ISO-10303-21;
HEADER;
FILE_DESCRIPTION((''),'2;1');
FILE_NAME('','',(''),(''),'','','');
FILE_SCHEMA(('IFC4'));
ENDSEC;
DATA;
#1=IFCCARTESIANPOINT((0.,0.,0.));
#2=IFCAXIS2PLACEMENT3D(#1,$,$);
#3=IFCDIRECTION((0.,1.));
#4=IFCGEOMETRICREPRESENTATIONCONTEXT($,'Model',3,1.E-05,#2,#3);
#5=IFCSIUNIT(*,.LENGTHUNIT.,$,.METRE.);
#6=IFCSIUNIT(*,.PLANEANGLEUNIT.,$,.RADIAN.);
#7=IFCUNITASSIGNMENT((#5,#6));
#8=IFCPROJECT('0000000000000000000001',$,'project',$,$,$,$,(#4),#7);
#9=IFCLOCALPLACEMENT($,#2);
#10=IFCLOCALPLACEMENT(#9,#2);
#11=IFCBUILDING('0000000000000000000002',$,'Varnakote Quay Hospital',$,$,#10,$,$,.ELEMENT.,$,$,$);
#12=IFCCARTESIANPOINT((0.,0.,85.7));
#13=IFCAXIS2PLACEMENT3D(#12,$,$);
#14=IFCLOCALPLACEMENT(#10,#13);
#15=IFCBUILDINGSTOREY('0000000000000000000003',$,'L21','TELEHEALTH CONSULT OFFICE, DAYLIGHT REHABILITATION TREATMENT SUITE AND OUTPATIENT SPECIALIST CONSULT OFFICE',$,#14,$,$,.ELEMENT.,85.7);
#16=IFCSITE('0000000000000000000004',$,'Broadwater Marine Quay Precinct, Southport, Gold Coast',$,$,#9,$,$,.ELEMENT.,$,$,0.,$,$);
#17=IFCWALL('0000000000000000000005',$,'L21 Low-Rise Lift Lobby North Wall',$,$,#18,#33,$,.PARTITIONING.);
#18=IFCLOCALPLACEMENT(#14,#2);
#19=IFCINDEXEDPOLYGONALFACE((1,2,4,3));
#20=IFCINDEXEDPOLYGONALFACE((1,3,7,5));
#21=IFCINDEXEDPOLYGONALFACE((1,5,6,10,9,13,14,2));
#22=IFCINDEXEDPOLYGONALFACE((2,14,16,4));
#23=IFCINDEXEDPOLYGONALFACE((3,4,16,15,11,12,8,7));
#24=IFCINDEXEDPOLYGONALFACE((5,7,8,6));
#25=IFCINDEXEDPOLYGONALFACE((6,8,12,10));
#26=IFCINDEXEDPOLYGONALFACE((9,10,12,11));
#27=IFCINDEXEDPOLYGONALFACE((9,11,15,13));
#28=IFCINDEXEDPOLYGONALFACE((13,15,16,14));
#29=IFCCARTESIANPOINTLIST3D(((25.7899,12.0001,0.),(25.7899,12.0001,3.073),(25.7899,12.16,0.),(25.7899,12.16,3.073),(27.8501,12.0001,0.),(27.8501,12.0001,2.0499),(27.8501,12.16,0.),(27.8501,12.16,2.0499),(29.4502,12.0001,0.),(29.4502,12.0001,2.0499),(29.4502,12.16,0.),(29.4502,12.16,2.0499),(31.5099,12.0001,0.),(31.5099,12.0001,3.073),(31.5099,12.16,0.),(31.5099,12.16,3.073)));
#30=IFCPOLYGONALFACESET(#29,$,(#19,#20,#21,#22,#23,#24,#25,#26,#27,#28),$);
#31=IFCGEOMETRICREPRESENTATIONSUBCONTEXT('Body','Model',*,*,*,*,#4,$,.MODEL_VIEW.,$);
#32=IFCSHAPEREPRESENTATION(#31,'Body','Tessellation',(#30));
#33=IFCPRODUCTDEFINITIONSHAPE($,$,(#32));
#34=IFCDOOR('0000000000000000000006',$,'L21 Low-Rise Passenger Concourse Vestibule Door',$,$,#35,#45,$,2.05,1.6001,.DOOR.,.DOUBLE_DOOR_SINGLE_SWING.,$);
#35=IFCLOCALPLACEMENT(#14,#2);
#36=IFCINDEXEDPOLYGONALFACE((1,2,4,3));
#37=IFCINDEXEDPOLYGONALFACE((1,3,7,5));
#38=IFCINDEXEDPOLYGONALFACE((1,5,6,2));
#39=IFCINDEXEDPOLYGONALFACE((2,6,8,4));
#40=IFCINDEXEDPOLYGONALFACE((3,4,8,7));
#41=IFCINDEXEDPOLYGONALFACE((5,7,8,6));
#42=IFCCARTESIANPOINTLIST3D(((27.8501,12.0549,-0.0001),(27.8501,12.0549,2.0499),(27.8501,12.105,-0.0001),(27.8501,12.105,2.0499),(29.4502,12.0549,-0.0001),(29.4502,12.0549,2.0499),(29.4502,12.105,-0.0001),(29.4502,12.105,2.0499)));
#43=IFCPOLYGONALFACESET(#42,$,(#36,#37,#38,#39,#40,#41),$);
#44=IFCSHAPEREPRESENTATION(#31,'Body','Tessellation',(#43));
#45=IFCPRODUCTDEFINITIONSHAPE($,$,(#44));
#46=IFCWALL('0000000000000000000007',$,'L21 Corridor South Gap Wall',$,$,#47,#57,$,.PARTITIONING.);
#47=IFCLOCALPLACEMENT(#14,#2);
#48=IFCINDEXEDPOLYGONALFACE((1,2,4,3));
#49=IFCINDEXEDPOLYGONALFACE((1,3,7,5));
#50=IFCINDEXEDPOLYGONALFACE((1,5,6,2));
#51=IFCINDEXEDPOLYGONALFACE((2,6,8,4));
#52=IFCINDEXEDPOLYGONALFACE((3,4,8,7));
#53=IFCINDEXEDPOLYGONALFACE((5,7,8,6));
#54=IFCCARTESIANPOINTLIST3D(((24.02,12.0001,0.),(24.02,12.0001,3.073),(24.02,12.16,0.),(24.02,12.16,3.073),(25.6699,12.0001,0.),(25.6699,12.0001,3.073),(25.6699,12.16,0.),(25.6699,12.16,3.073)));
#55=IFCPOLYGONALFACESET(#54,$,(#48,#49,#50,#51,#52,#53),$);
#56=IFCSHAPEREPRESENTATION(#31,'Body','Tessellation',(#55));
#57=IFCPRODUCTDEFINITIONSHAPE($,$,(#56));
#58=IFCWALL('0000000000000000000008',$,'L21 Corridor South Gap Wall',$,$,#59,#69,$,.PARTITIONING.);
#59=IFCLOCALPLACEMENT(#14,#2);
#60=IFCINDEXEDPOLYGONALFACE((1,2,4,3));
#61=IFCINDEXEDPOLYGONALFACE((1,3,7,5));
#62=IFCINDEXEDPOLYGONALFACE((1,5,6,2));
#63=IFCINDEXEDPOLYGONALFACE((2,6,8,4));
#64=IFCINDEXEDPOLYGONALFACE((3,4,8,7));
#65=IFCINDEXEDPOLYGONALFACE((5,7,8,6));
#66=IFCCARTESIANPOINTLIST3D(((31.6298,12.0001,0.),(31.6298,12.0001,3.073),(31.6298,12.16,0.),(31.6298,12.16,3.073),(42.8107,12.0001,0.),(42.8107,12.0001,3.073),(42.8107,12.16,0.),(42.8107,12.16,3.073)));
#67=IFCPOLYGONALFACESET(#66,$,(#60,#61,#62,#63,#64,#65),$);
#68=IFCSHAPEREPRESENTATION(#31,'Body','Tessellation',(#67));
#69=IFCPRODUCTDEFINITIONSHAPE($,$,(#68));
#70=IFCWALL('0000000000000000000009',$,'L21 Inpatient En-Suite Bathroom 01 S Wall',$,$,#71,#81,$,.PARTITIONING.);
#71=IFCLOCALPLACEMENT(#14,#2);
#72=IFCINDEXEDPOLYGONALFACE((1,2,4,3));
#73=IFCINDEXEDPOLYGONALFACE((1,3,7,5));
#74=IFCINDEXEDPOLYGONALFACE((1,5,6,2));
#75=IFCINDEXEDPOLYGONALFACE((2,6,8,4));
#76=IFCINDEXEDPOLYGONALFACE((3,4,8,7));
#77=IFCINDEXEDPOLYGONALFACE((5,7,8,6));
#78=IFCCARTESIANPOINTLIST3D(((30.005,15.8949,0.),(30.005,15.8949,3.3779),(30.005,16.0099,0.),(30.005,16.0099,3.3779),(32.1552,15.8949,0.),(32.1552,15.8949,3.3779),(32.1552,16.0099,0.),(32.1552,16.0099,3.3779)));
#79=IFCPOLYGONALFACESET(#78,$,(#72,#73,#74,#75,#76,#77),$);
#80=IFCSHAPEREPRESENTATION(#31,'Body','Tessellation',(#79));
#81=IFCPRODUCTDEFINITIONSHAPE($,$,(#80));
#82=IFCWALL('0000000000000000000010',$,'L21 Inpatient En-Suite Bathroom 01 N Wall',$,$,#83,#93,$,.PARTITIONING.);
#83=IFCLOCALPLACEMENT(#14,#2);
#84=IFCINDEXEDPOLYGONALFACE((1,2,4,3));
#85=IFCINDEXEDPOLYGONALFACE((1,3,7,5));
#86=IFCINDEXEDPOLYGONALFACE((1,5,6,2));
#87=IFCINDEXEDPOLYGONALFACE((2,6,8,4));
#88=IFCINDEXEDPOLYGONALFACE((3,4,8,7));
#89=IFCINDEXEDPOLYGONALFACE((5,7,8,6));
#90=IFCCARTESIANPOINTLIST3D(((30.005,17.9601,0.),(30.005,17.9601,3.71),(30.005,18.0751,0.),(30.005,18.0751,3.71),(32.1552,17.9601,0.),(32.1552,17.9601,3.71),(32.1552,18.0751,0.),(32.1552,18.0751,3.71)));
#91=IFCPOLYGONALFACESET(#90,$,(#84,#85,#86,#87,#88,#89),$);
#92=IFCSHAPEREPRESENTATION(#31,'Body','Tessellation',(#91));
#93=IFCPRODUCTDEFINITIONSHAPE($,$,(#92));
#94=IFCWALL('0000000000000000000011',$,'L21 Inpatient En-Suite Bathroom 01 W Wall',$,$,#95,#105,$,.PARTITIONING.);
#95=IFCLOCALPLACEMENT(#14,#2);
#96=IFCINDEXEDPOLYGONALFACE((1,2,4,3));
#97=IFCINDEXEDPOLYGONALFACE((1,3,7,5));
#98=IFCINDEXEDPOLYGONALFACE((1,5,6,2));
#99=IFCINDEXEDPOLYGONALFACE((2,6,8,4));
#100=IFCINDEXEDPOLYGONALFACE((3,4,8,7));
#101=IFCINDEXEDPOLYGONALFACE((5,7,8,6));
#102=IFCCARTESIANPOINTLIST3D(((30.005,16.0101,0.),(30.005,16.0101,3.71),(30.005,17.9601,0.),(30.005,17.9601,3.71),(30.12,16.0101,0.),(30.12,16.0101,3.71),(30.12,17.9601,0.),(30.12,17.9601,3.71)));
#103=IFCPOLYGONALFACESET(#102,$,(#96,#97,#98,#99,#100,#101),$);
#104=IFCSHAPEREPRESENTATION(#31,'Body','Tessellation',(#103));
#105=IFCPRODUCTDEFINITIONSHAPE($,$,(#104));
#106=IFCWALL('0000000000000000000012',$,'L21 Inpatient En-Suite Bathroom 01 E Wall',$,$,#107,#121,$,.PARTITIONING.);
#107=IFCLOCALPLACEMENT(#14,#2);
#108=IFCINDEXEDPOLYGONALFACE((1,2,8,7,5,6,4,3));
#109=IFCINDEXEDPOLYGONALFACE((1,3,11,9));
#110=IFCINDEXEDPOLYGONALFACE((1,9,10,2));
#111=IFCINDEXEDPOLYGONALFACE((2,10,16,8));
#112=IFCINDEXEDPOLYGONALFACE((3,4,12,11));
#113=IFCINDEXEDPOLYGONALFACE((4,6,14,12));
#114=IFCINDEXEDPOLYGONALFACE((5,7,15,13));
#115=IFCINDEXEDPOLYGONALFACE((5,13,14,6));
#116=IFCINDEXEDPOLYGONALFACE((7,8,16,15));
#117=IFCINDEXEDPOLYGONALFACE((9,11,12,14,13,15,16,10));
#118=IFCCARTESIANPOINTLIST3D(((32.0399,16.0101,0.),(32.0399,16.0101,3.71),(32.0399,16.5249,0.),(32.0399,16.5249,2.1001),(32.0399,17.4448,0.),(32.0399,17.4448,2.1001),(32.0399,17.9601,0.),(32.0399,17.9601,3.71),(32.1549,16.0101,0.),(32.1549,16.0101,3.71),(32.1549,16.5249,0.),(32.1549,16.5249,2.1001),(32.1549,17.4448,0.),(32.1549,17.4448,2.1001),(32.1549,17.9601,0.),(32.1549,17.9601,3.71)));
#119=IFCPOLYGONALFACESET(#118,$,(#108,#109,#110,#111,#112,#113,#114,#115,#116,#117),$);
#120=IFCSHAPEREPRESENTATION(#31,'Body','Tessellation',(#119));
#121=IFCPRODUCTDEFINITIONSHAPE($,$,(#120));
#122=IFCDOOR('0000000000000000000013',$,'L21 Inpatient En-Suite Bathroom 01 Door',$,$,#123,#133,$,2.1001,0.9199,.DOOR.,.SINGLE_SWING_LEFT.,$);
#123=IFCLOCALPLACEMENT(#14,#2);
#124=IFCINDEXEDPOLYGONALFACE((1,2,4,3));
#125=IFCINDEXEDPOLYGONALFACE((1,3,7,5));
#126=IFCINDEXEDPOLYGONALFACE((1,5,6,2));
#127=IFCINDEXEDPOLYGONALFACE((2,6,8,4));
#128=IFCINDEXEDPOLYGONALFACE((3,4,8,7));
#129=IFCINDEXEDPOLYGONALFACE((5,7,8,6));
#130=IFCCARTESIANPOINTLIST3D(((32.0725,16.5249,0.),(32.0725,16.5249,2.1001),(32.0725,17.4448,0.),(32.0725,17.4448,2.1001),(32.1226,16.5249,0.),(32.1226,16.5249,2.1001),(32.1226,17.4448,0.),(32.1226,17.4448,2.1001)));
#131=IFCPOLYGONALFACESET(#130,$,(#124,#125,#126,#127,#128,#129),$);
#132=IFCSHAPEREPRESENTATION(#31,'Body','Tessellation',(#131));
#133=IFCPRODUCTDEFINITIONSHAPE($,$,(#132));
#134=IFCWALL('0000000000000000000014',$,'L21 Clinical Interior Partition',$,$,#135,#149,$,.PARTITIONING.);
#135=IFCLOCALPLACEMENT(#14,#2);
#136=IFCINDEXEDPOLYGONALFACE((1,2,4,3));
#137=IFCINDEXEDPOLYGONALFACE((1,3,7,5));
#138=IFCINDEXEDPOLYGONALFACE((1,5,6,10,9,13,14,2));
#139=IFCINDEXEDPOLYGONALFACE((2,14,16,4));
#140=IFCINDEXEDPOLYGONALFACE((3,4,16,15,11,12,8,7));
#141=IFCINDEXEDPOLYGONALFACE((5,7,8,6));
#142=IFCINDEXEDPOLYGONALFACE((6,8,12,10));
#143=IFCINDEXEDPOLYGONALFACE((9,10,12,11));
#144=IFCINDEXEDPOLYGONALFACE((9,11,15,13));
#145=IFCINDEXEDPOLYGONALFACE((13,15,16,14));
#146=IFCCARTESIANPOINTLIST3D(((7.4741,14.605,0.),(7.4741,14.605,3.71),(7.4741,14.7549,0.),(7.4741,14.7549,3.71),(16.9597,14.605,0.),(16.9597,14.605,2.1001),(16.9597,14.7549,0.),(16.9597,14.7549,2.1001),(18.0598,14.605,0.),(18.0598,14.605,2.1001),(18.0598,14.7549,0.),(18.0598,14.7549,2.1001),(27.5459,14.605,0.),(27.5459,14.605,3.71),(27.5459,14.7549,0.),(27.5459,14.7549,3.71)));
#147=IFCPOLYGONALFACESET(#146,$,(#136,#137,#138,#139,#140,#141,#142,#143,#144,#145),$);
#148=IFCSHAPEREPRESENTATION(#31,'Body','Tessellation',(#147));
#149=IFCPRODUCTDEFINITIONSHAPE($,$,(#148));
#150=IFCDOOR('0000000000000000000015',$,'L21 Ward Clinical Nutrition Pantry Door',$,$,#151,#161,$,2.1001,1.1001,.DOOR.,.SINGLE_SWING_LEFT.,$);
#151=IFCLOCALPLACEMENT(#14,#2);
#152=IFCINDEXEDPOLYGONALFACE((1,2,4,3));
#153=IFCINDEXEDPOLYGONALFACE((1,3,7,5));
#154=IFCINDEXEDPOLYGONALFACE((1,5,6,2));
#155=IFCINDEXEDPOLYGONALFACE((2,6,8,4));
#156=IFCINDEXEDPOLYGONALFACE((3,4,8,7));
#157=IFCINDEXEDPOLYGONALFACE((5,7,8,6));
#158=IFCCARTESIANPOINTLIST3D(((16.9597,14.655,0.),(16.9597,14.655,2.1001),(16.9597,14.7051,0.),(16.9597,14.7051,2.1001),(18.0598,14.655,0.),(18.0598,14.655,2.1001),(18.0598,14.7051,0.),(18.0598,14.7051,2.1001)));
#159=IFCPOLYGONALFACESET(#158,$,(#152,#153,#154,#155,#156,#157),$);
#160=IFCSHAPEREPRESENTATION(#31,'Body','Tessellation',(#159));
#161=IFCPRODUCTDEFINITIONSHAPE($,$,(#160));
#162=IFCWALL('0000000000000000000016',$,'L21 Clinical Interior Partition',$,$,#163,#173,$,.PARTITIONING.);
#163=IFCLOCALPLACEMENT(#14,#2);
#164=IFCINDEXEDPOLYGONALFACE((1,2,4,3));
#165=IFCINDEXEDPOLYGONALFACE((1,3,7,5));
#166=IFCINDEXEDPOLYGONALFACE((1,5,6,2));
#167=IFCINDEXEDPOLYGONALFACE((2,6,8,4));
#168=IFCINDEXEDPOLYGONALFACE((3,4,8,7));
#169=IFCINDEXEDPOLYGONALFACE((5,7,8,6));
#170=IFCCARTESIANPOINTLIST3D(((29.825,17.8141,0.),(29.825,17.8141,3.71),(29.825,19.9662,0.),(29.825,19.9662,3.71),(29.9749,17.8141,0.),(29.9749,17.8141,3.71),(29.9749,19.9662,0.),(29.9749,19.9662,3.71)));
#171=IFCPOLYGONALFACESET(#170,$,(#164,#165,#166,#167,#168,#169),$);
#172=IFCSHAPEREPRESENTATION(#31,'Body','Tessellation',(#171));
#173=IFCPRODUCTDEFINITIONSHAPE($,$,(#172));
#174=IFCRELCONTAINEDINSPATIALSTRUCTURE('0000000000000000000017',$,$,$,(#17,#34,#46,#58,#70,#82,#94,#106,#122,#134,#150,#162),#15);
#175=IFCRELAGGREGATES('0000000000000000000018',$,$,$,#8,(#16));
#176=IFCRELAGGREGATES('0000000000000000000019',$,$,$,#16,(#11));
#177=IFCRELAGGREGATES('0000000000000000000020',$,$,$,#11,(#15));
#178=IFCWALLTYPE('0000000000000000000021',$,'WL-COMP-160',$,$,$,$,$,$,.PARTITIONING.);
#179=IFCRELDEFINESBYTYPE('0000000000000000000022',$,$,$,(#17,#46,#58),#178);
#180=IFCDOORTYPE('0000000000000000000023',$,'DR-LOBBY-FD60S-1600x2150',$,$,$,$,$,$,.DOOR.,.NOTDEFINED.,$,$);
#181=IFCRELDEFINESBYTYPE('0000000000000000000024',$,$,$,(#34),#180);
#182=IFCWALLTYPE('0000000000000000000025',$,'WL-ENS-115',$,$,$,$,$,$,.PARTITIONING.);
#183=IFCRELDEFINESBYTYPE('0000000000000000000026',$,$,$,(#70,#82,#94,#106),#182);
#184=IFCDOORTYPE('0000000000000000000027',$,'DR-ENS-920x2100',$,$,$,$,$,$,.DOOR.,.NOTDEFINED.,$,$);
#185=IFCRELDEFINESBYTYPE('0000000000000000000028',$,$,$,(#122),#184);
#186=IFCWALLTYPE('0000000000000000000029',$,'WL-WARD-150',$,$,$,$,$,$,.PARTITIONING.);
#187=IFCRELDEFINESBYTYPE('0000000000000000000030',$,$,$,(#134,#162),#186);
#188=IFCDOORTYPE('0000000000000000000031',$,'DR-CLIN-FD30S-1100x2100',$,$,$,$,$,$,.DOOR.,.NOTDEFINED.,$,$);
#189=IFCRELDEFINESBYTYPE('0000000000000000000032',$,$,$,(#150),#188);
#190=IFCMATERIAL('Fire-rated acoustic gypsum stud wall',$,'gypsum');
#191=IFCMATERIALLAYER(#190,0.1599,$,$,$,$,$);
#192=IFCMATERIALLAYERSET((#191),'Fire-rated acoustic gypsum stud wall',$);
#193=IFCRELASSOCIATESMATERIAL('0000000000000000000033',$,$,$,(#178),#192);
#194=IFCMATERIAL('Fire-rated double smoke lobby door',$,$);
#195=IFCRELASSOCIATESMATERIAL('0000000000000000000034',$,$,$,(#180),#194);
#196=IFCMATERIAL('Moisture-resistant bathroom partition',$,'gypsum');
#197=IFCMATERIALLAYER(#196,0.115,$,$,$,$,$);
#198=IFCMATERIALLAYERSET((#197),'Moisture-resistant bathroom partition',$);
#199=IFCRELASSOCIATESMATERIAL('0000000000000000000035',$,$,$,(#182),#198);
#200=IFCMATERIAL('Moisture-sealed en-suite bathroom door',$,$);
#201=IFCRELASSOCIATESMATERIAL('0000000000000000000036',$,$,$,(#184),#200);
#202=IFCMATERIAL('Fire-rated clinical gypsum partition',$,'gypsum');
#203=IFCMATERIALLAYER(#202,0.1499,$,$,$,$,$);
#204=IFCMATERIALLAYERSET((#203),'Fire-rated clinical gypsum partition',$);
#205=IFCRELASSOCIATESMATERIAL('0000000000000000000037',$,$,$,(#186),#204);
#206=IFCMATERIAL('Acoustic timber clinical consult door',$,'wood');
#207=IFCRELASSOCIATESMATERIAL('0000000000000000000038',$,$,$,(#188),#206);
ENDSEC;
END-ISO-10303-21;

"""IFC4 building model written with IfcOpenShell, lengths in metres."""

from ifc_helpers import new_model, si_unit, direction, frame, frame_2d, origin, place, context, subcontext, project, spatial, rectangle, extrude, material, layer, layer_set, type_object, element, fill, save


model = new_model("IFC4")

# Units and contexts
model_context = context("Model", 3, precision=1e-05, world=origin(), true_north=direction((0.0, 1.0)))
body_context = subcontext(model_context, "Body", "Model", "MODEL_VIEW")
ifc_project = project(units=[si_unit("LENGTHUNIT", "METRE"), si_unit("PLANEANGLEUNIT", "RADIAN")], contexts=[model_context])

# Site, building, storey
site_placement = place(None, origin())
site = spatial("IfcSite", under=ifc_project, at=site_placement, Name="Broadwater Marine Quay Precinct, Southport, Gold Coast", CompositionType="ELEMENT", RefElevation=0.0)
building_placement = place(site_placement, origin())
building = spatial("IfcBuilding", under=site, at=building_placement, Name="Varnakote Quay Hospital", CompositionType="ELEMENT")
storey_placement = place(building_placement, frame((0.0, 0.0, 85.7)))
storey = spatial("IfcBuildingStorey", under=building, at=storey_placement, Name="L21", Description="TELEHEALTH CONSULT OFFICE, DAYLIGHT REHABILITATION TREATMENT SUITE AND OUTPATIENT SPECIALIST CONSULT OFFICE", CompositionType="ELEMENT", Elevation=85.7)

# Wall, opening, door
ifc_material_1 = material(Name="Fire-rated acoustic gypsum stud wall", Category="gypsum")
ifc_layer_1 = layer(ifc_material_1, 0.1599)
ifc_layer_set_1 = layer_set([ifc_layer_1], Name="Fire-rated acoustic gypsum stud wall")
wall_type_1 = type_object("IfcWallType", Name="WL-COMP-160", PredefinedType="PARTITIONING", material=ifc_layer_set_1)
ifc_material_2 = material(Name="Fire-rated double smoke lobby door")
door_type_1 = type_object("IfcDoorType", Name="DR-LOBBY-FD60S-1600x2150", OperationType="NOTDEFINED", PredefinedType="DOOR", material=ifc_material_2)
wall_1_placement = place(storey_placement, frame((25.79, 12.0801, 0.0), z_axis=(0.0, 0.0, 1.0), x_axis=(1.0, 0.0, 0.0)))
wall_1 = element("IfcWall", 1, at=wall_1_placement, inside=storey, type_object=wall_type_1, Name="L21 Low-Rise Lift Lobby North Wall", PredefinedType="PARTITIONING", context=body_context, shape_type="SweptSolid", body=[
    extrude(rectangle(XDim=5.72, YDim=0.1599, at=frame_2d((2.8599, 0.0))), origin(), (0.0, 0.0, 1.0), 3.073),
])
opening_1_placement = place(wall_1_placement, frame((2.0601, 0.0, 0.0)))
opening_1 = element("IfcOpeningElement", 2, at=opening_1_placement, cuts=wall_1, PredefinedType="OPENING", context=body_context, shape_type="SweptSolid", body=[
    extrude(rectangle(XDim=1.6001, YDim=2.05, at=frame_2d((0.8, 1.0249))), frame((0.0, 0.0898, 0.0), z_axis=(0.0, -1.0, 0.0), x_axis=(1.0, 0.0, 0.0)), (0.0, 0.0, 1.0), 0.1799),
])
door_1_placement = place(opening_1_placement, origin())
door_1 = element("IfcDoor", 3, at=door_1_placement, inside=storey, type_object=door_type_1, Name="L21 Low-Rise Passenger Concourse Vestibule Door", OperationType="DOUBLE_DOOR_SINGLE_SWING", OverallHeight=2.05, OverallWidth=1.6001, PredefinedType="DOOR", context=body_context, shape_type="SweptSolid", body=[
    extrude(rectangle(XDim=1.6001, YDim=2.05, at=frame_2d((0.8, 1.0249))), frame((0.0, 0.0249, 0.0), z_axis=(0.0, -1.0, 0.0), x_axis=(1.0, 0.0, 0.0)), (0.0, 0.0, 1.0), 0.05),
])
fill(opening_1, door_1)

# Walls
wall_2_placement = place(storey_placement, frame((24.02, 12.0801, 0.0), z_axis=(0.0, 0.0, 1.0), x_axis=(1.0, 0.0, 0.0)))
element("IfcWall", 4, at=wall_2_placement, inside=storey, type_object=wall_type_1, Name="L21 Corridor South Gap Wall", PredefinedType="PARTITIONING", context=body_context, shape_type="SweptSolid", body=[
    extrude(rectangle(XDim=1.6499, YDim=0.1599, at=frame_2d((0.825, 0.0))), origin(), (0.0, 0.0, 1.0), 3.073),
])
wall_3_placement = place(storey_placement, frame((31.6299, 12.0801, 0.0), z_axis=(0.0, 0.0, 1.0), x_axis=(1.0, 0.0, 0.0)))
element("IfcWall", 5, at=wall_3_placement, inside=storey, type_object=wall_type_1, Name="L21 Corridor South Gap Wall", PredefinedType="PARTITIONING", context=body_context, shape_type="SweptSolid", body=[
    extrude(rectangle(XDim=11.1809, YDim=0.1599, at=frame_2d((5.5903, 0.0))), origin(), (0.0, 0.0, 1.0), 3.073),
])
ifc_material_3 = material(Name="Moisture-resistant bathroom partition", Category="gypsum")
ifc_layer_2 = layer(ifc_material_3, 0.115)
ifc_layer_set_2 = layer_set([ifc_layer_2], Name="Moisture-resistant bathroom partition")
wall_type_2 = type_object("IfcWallType", Name="WL-ENS-115", PredefinedType="PARTITIONING", material=ifc_layer_set_2)
wall_4_placement = place(storey_placement, frame((30.0049, 15.9524, 0.0), z_axis=(0.0, 0.0, 1.0), x_axis=(1.0, 0.0, 0.0)))
element("IfcWall", 6, at=wall_4_placement, inside=storey, type_object=wall_type_2, Name="L21 Inpatient En-Suite Bathroom 01 S Wall", PredefinedType="PARTITIONING", context=body_context, shape_type="SweptSolid", body=[
    extrude(rectangle(XDim=2.1501, YDim=0.115, at=frame_2d((1.0752, 0.0))), origin(), (0.0, 0.0, 1.0), 3.3779),
])
wall_5_placement = place(storey_placement, frame((30.0049, 18.0176, 0.0), z_axis=(0.0, 0.0, 1.0), x_axis=(1.0, 0.0, 0.0)))
element("IfcWall", 7, at=wall_5_placement, inside=storey, type_object=wall_type_2, Name="L21 Inpatient En-Suite Bathroom 01 N Wall", PredefinedType="PARTITIONING", context=body_context, shape_type="SweptSolid", body=[
    extrude(rectangle(XDim=2.1501, YDim=0.115, at=frame_2d((1.0752, 0.0))), origin(), (0.0, 0.0, 1.0), 3.71),
])
wall_6_placement = place(storey_placement, frame((30.0625, 16.01, 0.0), z_axis=(0.0, 0.0, 1.0), x_axis=(0.0, 1.0, 0.0)))
element("IfcWall", 8, at=wall_6_placement, inside=storey, type_object=wall_type_2, Name="L21 Inpatient En-Suite Bathroom 01 W Wall", PredefinedType="PARTITIONING", context=body_context, shape_type="SweptSolid", body=[
    extrude(rectangle(XDim=1.95, YDim=0.115, at=frame_2d((0.9751, 0.0))), origin(), (0.0, 0.0, 1.0), 3.71),
])

# Walls, openings, doors
wall_7_placement = place(storey_placement, frame((32.0974, 16.01, 0.0), z_axis=(0.0, 0.0, 1.0), x_axis=(0.0, 1.0, 0.0)))
wall_7 = element("IfcWall", 9, at=wall_7_placement, inside=storey, type_object=wall_type_2, Name="L21 Inpatient En-Suite Bathroom 01 E Wall", PredefinedType="PARTITIONING", context=body_context, shape_type="SweptSolid", body=[
    extrude(rectangle(XDim=1.95, YDim=0.115, at=frame_2d((0.9751, 0.0))), origin(), (0.0, 0.0, 1.0), 3.71),
])
opening_2_placement = place(wall_7_placement, frame((0.5149, 0.0, 0.0)))
opening_2 = element("IfcOpeningElement", 10, at=opening_2_placement, cuts=wall_7, PredefinedType="OPENING", context=body_context, shape_type="SweptSolid", body=[
    extrude(rectangle(XDim=0.9199, YDim=2.1001, at=frame_2d((0.46, 1.05))), frame((0.0, 0.0674, 0.0), z_axis=(0.0, -1.0, 0.0), x_axis=(1.0, 0.0, 0.0)), (0.0, 0.0, 1.0), 0.135),
])
ifc_material_4 = material(Name="Moisture-sealed en-suite bathroom door")
door_type_2 = type_object("IfcDoorType", Name="DR-ENS-920x2100", OperationType="NOTDEFINED", PredefinedType="DOOR", material=ifc_material_4)
door_2_placement = place(opening_2_placement, origin())
door_2 = element("IfcDoor", 11, at=door_2_placement, inside=storey, type_object=door_type_2, Name="L21 Inpatient En-Suite Bathroom 01 Door", OperationType="SINGLE_SWING_LEFT", OverallHeight=2.1001, OverallWidth=0.9199, PredefinedType="DOOR", context=body_context, shape_type="SweptSolid", body=[
    extrude(rectangle(XDim=0.9199, YDim=2.1001, at=frame_2d((0.46, 1.05))), frame((0.0, 0.0249, 0.0), z_axis=(0.0, -1.0, 0.0), x_axis=(1.0, 0.0, 0.0)), (0.0, 0.0, 1.0), 0.05),
])
fill(opening_2, door_2)
ifc_material_5 = material(Name="Fire-rated clinical gypsum partition", Category="gypsum")
ifc_layer_3 = layer(ifc_material_5, 0.1499)
ifc_layer_set_3 = layer_set([ifc_layer_3], Name="Fire-rated clinical gypsum partition")
wall_type_3 = type_object("IfcWallType", Name="WL-WARD-150", PredefinedType="PARTITIONING", material=ifc_layer_set_3)
wall_8_placement = place(storey_placement, frame((27.5459, 14.6799, 0.0), z_axis=(0.0, 0.0, 1.0), x_axis=(-1.0, 0.0, 0.0)))
wall_8 = element("IfcWall", 12, at=wall_8_placement, inside=storey, type_object=wall_type_3, Name="L21 Clinical Interior Partition", PredefinedType="PARTITIONING", context=body_context, shape_type="SweptSolid", body=[
    extrude(rectangle(XDim=20.0718, YDim=0.1499, at=frame_2d((10.0359, 0.0))), origin(), (0.0, 0.0, 1.0), 3.71),
])
opening_3_placement = place(wall_8_placement, frame((9.4861, 0.0, 0.0)))
opening_3 = element("IfcOpeningElement", 13, at=opening_3_placement, cuts=wall_8, PredefinedType="OPENING", context=body_context, shape_type="SweptSolid", body=[
    extrude(rectangle(XDim=1.1001, YDim=2.1001, at=frame_2d((0.55, 1.05))), frame((0.0, 0.085, 0.0), z_axis=(0.0, -1.0, 0.0), x_axis=(1.0, 0.0, 0.0)), (0.0, 0.0, 1.0), 0.1699),
])
ifc_material_6 = material(Name="Acoustic timber clinical consult door", Category="wood")
door_type_3 = type_object("IfcDoorType", Name="DR-CLIN-FD30S-1100x2100", OperationType="NOTDEFINED", PredefinedType="DOOR", material=ifc_material_6)
door_3_placement = place(opening_3_placement, origin())
door_3 = element("IfcDoor", 14, at=door_3_placement, inside=storey, type_object=door_type_3, Name="L21 Ward Clinical Nutrition Pantry Door", OperationType="SINGLE_SWING_LEFT", OverallHeight=2.1001, OverallWidth=1.1001, PredefinedType="DOOR", context=body_context, shape_type="SweptSolid", body=[
    extrude(rectangle(XDim=1.1001, YDim=2.1001, at=frame_2d((0.55, 1.05))), frame((0.0, 0.0249, 0.0), z_axis=(0.0, -1.0, 0.0), x_axis=(1.0, 0.0, 0.0)), (0.0, 0.0, 1.0), 0.05),
])
fill(opening_3, door_3)

# Wall
wall_9_placement = place(storey_placement, frame((29.8999, 17.814, 0.0), z_axis=(0.0, 0.0, 1.0), x_axis=(0.0, 1.0, 0.0)))
element("IfcWall", 15, at=wall_9_placement, inside=storey, type_object=wall_type_3, Name="L21 Clinical Interior Partition", PredefinedType="PARTITIONING", context=body_context, shape_type="SweptSolid", body=[
    extrude(rectangle(XDim=2.1521, YDim=0.1499, at=frame_2d((1.0762, 0.0))), origin(), (0.0, 0.0, 1.0), 3.71),
])

save(model, "model.ifc")
